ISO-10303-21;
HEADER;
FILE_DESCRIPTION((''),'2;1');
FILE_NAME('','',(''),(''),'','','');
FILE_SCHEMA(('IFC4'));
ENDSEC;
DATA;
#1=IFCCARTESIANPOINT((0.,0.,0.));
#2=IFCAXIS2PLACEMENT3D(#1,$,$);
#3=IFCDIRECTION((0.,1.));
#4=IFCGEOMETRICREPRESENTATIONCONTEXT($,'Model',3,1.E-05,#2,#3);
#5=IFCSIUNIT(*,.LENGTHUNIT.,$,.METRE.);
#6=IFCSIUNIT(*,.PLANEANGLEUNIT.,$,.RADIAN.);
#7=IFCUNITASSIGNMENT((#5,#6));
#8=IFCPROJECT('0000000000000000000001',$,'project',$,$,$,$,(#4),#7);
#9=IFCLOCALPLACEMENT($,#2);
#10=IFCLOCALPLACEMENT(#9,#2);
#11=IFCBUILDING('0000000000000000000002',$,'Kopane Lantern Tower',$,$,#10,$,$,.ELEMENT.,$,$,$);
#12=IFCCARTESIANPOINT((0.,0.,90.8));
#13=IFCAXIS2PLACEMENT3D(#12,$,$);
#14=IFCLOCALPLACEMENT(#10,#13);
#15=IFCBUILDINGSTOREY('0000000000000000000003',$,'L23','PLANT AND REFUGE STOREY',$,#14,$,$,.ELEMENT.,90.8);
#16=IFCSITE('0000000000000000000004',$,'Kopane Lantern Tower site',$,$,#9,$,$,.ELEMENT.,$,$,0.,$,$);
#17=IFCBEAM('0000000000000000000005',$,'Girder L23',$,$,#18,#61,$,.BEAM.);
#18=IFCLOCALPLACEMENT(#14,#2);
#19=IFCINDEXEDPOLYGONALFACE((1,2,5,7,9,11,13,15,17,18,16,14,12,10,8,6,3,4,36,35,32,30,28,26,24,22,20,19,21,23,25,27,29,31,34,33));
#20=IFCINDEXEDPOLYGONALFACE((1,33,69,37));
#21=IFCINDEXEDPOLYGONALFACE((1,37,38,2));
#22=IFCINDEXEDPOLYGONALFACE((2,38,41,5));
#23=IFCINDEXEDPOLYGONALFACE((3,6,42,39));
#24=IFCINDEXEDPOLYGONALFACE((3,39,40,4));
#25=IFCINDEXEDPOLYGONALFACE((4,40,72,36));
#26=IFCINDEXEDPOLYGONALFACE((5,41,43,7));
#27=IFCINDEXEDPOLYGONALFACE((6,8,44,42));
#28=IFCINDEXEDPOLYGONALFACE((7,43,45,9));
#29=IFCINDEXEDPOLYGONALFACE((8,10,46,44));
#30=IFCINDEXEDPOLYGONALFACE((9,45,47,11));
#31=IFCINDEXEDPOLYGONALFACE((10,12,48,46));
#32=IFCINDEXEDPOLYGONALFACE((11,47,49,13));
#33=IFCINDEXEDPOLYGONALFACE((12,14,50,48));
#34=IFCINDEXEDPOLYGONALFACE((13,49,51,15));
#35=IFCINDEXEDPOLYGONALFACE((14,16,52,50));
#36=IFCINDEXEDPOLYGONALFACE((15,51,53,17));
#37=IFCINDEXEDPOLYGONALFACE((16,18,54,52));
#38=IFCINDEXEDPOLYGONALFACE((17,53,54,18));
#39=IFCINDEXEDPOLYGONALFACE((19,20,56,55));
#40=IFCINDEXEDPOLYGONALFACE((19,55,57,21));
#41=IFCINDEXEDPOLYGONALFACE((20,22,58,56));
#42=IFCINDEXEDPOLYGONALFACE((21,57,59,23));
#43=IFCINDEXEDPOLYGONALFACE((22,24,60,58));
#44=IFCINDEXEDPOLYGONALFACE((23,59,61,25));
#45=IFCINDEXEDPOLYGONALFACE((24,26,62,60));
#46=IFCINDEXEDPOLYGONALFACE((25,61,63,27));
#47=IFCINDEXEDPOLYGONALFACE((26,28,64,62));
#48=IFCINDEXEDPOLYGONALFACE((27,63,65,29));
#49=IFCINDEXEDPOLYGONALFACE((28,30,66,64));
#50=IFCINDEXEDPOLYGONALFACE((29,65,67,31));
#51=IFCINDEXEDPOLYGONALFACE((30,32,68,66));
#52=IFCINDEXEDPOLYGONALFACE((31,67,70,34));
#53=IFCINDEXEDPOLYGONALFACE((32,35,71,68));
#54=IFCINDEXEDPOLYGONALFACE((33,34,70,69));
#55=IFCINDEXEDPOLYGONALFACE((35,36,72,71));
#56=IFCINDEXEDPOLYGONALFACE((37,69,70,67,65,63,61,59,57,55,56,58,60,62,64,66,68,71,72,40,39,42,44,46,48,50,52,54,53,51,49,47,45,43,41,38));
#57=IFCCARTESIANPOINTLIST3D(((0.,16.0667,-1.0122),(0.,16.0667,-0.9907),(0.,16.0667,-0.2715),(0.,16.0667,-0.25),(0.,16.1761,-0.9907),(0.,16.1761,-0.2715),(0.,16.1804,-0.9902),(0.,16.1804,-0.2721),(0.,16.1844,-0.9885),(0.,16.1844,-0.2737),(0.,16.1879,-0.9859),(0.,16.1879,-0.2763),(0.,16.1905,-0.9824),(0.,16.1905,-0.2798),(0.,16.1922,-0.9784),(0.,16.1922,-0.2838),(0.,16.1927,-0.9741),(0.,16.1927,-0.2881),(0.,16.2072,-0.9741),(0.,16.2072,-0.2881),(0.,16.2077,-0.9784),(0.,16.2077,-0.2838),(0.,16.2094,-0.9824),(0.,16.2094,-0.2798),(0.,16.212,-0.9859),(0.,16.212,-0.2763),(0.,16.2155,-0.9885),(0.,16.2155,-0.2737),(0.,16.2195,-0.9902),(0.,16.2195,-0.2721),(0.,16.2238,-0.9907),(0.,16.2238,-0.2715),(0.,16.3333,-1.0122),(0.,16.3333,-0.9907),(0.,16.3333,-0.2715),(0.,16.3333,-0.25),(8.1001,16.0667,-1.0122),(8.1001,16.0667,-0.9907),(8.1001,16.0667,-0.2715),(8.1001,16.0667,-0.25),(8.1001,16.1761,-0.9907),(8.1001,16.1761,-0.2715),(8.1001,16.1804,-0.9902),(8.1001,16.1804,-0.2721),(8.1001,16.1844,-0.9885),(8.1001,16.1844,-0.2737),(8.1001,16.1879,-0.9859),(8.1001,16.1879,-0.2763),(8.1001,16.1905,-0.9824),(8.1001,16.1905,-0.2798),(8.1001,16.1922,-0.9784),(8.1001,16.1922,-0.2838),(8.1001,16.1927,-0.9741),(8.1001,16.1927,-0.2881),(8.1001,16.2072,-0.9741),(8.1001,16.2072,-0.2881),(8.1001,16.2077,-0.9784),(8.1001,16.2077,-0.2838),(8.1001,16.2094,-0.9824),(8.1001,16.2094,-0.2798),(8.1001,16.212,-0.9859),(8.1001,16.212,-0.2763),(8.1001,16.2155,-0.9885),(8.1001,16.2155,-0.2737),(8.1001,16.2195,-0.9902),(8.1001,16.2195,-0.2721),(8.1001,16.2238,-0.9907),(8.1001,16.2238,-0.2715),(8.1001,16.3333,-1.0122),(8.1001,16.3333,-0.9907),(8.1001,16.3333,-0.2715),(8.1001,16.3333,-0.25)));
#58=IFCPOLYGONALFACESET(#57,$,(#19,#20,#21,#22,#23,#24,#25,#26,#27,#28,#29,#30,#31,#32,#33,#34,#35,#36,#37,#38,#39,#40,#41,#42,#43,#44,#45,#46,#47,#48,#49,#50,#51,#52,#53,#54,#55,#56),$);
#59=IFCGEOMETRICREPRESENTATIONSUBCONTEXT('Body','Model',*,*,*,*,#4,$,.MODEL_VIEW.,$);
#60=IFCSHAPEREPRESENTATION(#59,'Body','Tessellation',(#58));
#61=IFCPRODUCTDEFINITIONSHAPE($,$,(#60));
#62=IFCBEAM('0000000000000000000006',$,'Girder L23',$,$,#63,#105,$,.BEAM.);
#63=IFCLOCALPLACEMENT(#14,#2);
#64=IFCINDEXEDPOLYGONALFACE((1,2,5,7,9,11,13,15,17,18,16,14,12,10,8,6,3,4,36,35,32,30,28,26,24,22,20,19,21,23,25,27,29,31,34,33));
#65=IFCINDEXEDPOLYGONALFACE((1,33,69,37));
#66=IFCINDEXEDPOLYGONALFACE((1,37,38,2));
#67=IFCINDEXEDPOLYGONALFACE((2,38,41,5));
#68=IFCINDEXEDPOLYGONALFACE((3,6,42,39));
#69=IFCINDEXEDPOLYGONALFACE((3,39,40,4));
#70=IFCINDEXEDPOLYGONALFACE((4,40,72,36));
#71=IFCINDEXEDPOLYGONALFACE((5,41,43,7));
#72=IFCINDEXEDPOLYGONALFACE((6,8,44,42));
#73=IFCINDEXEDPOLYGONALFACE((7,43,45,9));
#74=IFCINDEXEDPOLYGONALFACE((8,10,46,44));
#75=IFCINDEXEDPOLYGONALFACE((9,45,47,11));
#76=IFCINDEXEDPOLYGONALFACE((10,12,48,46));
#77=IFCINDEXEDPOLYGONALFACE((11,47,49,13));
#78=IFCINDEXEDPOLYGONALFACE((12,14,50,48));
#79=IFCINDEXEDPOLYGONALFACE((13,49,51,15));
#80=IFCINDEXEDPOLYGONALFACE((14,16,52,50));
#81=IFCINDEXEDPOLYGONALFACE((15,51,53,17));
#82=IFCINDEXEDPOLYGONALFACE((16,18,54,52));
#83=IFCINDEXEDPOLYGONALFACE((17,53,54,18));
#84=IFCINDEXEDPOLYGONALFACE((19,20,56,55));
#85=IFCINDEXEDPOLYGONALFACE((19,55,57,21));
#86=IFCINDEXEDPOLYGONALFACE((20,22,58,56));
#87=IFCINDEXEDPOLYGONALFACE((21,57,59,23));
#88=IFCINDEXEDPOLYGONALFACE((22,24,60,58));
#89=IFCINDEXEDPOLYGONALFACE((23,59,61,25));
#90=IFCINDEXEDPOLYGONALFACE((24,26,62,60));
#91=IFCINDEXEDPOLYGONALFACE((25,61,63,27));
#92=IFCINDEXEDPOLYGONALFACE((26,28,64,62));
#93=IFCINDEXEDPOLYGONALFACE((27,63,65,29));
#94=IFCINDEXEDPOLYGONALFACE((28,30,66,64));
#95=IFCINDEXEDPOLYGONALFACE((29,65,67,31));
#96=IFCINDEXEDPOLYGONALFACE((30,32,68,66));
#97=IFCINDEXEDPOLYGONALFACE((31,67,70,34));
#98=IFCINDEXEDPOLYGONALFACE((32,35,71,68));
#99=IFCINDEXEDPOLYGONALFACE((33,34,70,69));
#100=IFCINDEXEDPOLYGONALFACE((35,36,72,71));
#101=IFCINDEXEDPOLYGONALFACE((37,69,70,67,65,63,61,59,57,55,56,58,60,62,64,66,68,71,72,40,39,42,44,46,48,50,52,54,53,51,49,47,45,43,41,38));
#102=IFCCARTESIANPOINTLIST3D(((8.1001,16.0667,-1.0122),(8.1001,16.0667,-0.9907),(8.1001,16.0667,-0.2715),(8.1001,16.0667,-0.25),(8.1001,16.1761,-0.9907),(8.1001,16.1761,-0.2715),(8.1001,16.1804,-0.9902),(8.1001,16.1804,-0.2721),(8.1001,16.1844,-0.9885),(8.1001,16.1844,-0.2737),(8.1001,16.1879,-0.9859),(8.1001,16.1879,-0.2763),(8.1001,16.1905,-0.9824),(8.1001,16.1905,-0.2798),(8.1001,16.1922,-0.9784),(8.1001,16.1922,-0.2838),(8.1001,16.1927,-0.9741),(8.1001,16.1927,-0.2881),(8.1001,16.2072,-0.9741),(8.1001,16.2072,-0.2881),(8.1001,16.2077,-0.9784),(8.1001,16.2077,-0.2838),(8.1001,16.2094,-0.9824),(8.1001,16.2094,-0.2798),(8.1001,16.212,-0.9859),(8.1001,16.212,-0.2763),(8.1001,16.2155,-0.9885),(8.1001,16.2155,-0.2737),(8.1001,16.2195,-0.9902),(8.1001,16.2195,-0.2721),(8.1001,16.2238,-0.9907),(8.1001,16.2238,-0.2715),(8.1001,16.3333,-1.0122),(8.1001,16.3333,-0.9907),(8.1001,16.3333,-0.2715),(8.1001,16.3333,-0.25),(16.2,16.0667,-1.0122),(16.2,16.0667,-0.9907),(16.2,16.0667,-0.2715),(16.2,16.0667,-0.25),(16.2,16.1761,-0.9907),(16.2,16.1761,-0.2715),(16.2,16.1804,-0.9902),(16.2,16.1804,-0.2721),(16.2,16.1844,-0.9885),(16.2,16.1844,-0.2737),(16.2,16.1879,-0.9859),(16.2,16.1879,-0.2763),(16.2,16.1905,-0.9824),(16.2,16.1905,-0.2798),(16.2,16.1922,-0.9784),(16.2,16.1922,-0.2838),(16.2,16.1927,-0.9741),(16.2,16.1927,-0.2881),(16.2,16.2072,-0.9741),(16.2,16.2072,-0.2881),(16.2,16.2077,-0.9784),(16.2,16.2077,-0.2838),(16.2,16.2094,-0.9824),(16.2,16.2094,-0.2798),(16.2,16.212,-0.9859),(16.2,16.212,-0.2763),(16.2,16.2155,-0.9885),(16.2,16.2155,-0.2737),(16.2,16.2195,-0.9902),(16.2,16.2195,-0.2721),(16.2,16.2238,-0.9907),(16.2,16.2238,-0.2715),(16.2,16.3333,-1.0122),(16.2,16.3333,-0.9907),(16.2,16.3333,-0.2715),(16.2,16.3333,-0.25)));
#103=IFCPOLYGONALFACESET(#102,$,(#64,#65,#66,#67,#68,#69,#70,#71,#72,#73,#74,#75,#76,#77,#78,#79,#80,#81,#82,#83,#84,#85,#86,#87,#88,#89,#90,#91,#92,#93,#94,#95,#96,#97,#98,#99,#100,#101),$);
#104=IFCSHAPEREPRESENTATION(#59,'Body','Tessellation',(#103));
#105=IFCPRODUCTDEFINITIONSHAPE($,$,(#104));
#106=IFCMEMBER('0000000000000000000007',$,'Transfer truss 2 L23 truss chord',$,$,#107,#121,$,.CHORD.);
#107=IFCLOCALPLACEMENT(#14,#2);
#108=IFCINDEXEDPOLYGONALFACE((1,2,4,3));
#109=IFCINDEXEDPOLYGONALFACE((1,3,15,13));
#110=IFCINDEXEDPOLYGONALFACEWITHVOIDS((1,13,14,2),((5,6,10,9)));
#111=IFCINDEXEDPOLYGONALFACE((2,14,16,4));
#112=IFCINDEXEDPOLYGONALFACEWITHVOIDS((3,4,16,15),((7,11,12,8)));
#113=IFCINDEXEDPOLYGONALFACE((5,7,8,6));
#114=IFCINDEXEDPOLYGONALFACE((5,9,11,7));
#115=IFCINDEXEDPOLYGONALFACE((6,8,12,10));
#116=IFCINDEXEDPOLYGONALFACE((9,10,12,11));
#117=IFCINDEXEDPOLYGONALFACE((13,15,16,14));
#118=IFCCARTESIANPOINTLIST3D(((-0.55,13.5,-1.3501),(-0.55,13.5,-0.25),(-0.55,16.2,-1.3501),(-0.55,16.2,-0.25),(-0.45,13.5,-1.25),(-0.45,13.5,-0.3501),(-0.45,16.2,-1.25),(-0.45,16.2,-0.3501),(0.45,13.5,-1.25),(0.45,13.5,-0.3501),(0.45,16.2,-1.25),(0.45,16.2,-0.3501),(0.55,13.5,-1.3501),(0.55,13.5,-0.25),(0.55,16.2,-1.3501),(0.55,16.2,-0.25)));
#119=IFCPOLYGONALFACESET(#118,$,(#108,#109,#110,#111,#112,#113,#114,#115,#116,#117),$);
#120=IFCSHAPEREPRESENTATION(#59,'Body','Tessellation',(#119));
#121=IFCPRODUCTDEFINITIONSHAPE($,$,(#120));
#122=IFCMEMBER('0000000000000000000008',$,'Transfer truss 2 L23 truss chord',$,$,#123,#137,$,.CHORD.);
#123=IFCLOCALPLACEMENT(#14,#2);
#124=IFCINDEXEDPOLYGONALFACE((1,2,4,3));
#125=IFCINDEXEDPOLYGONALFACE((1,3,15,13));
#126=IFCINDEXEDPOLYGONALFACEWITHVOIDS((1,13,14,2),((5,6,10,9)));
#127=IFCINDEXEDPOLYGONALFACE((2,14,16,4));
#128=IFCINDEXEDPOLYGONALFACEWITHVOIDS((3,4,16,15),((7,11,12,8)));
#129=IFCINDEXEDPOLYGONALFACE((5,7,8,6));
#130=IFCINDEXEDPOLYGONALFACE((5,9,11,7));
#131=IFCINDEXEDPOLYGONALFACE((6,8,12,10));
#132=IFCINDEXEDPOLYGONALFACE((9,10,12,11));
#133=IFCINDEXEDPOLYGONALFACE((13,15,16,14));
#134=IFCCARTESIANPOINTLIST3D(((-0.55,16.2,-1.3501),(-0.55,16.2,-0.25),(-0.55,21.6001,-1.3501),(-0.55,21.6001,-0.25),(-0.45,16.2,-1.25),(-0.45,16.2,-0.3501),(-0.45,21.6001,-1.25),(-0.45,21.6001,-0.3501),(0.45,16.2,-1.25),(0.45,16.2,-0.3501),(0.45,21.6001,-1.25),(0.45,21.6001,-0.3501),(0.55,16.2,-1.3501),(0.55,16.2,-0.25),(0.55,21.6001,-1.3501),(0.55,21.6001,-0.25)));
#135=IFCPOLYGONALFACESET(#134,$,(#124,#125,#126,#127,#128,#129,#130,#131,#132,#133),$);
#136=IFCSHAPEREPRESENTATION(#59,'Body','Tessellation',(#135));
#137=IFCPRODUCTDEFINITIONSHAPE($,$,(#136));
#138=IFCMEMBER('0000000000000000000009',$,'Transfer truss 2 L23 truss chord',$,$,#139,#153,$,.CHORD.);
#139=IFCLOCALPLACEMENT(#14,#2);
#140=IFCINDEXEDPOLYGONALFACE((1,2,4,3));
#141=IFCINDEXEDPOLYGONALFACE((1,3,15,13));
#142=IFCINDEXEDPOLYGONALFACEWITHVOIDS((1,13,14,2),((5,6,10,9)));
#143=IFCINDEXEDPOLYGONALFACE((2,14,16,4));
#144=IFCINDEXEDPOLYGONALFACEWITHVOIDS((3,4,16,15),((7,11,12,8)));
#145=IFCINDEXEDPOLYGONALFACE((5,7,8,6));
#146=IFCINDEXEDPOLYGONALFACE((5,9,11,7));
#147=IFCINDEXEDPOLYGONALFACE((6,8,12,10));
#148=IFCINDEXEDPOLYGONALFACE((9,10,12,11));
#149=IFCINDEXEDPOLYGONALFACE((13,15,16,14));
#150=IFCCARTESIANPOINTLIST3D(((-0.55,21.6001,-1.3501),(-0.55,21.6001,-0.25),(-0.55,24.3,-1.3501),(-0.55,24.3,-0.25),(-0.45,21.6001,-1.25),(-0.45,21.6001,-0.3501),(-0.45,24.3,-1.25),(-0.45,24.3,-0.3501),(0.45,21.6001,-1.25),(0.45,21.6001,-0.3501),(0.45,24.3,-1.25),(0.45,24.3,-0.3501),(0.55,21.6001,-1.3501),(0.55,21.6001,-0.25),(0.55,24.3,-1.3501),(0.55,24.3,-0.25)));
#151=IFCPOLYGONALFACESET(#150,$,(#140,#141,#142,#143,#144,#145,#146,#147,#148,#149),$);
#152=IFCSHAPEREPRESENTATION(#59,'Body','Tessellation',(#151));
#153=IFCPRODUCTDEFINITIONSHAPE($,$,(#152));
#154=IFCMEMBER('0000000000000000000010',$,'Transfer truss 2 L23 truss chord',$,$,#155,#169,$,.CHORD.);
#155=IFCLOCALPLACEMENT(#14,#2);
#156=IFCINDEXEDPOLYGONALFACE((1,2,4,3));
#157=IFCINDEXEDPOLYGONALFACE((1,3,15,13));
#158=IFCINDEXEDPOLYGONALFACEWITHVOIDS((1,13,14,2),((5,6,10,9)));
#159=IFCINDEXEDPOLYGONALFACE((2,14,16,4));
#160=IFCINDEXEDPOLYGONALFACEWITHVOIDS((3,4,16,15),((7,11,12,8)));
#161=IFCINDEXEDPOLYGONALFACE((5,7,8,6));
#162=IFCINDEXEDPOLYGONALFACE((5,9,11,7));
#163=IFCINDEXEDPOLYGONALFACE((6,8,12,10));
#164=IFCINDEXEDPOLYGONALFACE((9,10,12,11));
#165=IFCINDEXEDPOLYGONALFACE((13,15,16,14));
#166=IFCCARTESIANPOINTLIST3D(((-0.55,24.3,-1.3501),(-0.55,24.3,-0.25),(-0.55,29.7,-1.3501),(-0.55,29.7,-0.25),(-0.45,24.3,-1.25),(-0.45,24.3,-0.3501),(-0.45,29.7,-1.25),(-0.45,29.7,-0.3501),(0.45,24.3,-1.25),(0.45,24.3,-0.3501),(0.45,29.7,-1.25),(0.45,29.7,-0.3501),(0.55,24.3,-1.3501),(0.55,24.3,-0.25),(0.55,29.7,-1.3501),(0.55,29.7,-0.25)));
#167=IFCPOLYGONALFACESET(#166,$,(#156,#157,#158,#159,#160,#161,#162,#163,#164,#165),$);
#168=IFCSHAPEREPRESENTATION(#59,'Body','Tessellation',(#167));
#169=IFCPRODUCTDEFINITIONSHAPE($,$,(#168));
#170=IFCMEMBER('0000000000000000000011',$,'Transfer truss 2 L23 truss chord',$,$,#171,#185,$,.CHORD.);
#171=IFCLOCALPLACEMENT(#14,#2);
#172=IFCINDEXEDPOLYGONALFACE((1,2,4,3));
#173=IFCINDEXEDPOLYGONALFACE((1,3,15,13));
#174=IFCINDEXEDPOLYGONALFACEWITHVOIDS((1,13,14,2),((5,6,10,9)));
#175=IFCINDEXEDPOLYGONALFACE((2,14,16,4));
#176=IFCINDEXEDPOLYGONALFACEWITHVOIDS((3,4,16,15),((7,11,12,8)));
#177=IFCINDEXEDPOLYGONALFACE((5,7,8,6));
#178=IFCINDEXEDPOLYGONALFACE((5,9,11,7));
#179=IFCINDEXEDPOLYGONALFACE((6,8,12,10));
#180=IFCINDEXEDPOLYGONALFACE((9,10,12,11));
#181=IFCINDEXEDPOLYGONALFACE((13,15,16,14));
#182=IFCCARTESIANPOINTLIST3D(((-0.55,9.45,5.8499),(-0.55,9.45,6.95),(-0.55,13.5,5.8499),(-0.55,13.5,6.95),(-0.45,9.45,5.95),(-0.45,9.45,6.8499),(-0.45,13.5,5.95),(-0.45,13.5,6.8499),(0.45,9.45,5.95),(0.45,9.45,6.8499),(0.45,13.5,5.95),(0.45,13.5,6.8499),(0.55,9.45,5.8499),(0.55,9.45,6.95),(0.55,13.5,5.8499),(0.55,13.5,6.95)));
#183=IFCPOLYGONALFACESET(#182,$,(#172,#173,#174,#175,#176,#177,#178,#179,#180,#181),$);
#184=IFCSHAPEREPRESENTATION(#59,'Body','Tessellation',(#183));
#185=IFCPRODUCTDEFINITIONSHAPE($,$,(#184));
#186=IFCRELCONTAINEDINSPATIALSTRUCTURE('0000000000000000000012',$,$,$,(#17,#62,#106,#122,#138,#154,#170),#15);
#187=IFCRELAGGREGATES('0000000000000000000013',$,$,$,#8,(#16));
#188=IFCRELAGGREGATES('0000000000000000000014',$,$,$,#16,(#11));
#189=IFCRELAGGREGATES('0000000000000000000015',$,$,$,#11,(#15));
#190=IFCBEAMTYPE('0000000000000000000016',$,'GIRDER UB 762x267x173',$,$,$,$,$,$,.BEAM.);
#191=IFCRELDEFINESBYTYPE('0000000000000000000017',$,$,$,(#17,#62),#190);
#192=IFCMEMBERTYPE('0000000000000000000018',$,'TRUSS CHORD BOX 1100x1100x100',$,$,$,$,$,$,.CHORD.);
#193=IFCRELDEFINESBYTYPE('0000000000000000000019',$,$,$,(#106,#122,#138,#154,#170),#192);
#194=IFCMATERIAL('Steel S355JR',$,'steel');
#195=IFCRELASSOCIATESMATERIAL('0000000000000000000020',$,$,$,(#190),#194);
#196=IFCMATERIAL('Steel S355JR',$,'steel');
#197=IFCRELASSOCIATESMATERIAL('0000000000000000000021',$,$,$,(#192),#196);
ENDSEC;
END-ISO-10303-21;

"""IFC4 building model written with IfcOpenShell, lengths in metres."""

from ifc_helpers import new_model, si_unit, direction, frame, origin, origin_2d, place, context, subcontext, project, spatial, hollow_rectangle, i_section, extrude, material, material_profile, profile_set, type_object, element, save


model = new_model("IFC4")

# Units and contexts
model_context = context("Model", 3, precision=1e-05, world=origin(), true_north=direction((0.0, 1.0)))
body_context = subcontext(model_context, "Body", "Model", "MODEL_VIEW")
ifc_project = project(units=[si_unit("LENGTHUNIT", "METRE"), si_unit("PLANEANGLEUNIT", "RADIAN")], contexts=[model_context])

# Site, building, storey
site_placement = place(None, origin())
site = spatial("IfcSite", under=ifc_project, at=site_placement, Name="Kopane Lantern Tower site", CompositionType="ELEMENT", RefElevation=0.0)
building_placement = place(site_placement, origin())
building = spatial("IfcBuilding", under=site, at=building_placement, Name="Kopane Lantern Tower", CompositionType="ELEMENT")
storey_placement = place(building_placement, frame((0.0, 0.0, 90.8)))
storey = spatial("IfcBuildingStorey", under=building, at=storey_placement, Name="L23", Description="PLANT AND REFUGE STOREY", CompositionType="ELEMENT", Elevation=90.8)

# Beams
ifc_material_1 = material(Name="Steel S355JR", Category="steel")
ifc_material_profile_1 = material_profile(ifc_material_1, i_section(OverallWidth=0.2666, OverallDepth=0.7622, WebThickness=0.0144, FlangeThickness=0.0215, FilletRadius=0.0166, at=origin_2d()), Name="UB 762x267x173")
ifc_profile_set_1 = profile_set([ifc_material_profile_1], Name="Steel S355JR")
beam_type = type_object("IfcBeamType", Name="GIRDER UB 762x267x173", PredefinedType="BEAM", material=ifc_profile_set_1)
beam_1_placement = place(storey_placement, frame((0.0, 16.2, -0.6311), z_axis=(1.0, 0.0, 0.0), x_axis=(0.0, 1.0, 0.0)))
element("IfcBeam", 1, at=beam_1_placement, inside=storey, type_object=beam_type, Name="Girder L23", PredefinedType="BEAM", context=body_context, shape_type="SweptSolid", body=[
    extrude(i_section(OverallWidth=0.2666, OverallDepth=0.7622, WebThickness=0.0144, FlangeThickness=0.0215, FilletRadius=0.0166, at=origin_2d()), origin(), (0.0, 0.0, 1.0), 8.1001),
])
beam_2_placement = place(storey_placement, frame((8.1001, 16.2, -0.6311), z_axis=(1.0, 0.0, 0.0), x_axis=(0.0, 1.0, 0.0)))
element("IfcBeam", 2, at=beam_2_placement, inside=storey, type_object=beam_type, Name="Girder L23", PredefinedType="BEAM", context=body_context, shape_type="SweptSolid", body=[
    extrude(i_section(OverallWidth=0.2666, OverallDepth=0.7622, WebThickness=0.0144, FlangeThickness=0.0215, FilletRadius=0.0166, at=origin_2d()), origin(), (0.0, 0.0, 1.0), 8.0999),
])

# Members
ifc_material_2 = material(Name="Steel S355JR", Category="steel")
ifc_material_profile_2 = material_profile(ifc_material_2, hollow_rectangle(XDim=1.1001, YDim=1.1001, WallThickness=0.1001, at=origin_2d()), Name="BOX 1100x1100x100")
ifc_profile_set_2 = profile_set([ifc_material_profile_2], Name="Steel S355JR")
member_type_1 = type_object("IfcMemberType", Name="TRUSS CHORD BOX 1100x1100x100", PredefinedType="CHORD", material=ifc_profile_set_2)
member_1_placement = place(storey_placement, frame((0.0, 13.5, -0.8), z_axis=(0.0, 1.0, 0.0), x_axis=(-1.0, 0.0, 0.0)))
element("IfcMember", 3, at=member_1_placement, inside=storey, type_object=member_type_1, Name="Transfer truss 2 L23 truss chord", PredefinedType="CHORD", context=body_context, shape_type="SweptSolid", body=[
    extrude(hollow_rectangle(XDim=1.1001, YDim=1.1001, WallThickness=0.1001, at=origin_2d()), origin(), (0.0, 0.0, 1.0), 2.7),
])
member_2_placement = place(storey_placement, frame((0.0, 16.2, -0.8), z_axis=(0.0, 1.0, 0.0), x_axis=(-1.0, 0.0, 0.0)))
element("IfcMember", 4, at=member_2_placement, inside=storey, type_object=member_type_1, Name="Transfer truss 2 L23 truss chord", PredefinedType="CHORD", context=body_context, shape_type="SweptSolid", body=[
    extrude(hollow_rectangle(XDim=1.1001, YDim=1.1001, WallThickness=0.1001, at=origin_2d()), origin(), (0.0, 0.0, 1.0), 5.4001),
])
member_3_placement = place(storey_placement, frame((0.0, 21.6001, -0.8), z_axis=(0.0, 1.0, 0.0), x_axis=(-1.0, 0.0, 0.0)))
element("IfcMember", 5, at=member_3_placement, inside=storey, type_object=member_type_1, Name="Transfer truss 2 L23 truss chord", PredefinedType="CHORD", context=body_context, shape_type="SweptSolid", body=[
    extrude(hollow_rectangle(XDim=1.1001, YDim=1.1001, WallThickness=0.1001, at=origin_2d()), origin(), (0.0, 0.0, 1.0), 2.7),
])
member_4_placement = place(storey_placement, frame((0.0, 24.3, -0.8), z_axis=(0.0, 1.0, 0.0), x_axis=(-1.0, 0.0, 0.0)))
element("IfcMember", 6, at=member_4_placement, inside=storey, type_object=member_type_1, Name="Transfer truss 2 L23 truss chord", PredefinedType="CHORD", context=body_context, shape_type="SweptSolid", body=[
    extrude(hollow_rectangle(XDim=1.1001, YDim=1.1001, WallThickness=0.1001, at=origin_2d()), origin(), (0.0, 0.0, 1.0), 5.3999),
])
member_5_placement = place(storey_placement, frame((0.0, 9.45, 6.3999), z_axis=(0.0, 1.0, 0.0), x_axis=(-1.0, 0.0, 0.0)))
element("IfcMember", 7, at=member_5_placement, inside=storey, type_object=member_type_1, Name="Transfer truss 2 L23 truss chord", PredefinedType="CHORD", context=body_context, shape_type="SweptSolid", body=[
    extrude(hollow_rectangle(XDim=1.1001, YDim=1.1001, WallThickness=0.1001, at=origin_2d()), origin(), (0.0, 0.0, 1.0), 4.05),
])

save(model, "model.ifc")
